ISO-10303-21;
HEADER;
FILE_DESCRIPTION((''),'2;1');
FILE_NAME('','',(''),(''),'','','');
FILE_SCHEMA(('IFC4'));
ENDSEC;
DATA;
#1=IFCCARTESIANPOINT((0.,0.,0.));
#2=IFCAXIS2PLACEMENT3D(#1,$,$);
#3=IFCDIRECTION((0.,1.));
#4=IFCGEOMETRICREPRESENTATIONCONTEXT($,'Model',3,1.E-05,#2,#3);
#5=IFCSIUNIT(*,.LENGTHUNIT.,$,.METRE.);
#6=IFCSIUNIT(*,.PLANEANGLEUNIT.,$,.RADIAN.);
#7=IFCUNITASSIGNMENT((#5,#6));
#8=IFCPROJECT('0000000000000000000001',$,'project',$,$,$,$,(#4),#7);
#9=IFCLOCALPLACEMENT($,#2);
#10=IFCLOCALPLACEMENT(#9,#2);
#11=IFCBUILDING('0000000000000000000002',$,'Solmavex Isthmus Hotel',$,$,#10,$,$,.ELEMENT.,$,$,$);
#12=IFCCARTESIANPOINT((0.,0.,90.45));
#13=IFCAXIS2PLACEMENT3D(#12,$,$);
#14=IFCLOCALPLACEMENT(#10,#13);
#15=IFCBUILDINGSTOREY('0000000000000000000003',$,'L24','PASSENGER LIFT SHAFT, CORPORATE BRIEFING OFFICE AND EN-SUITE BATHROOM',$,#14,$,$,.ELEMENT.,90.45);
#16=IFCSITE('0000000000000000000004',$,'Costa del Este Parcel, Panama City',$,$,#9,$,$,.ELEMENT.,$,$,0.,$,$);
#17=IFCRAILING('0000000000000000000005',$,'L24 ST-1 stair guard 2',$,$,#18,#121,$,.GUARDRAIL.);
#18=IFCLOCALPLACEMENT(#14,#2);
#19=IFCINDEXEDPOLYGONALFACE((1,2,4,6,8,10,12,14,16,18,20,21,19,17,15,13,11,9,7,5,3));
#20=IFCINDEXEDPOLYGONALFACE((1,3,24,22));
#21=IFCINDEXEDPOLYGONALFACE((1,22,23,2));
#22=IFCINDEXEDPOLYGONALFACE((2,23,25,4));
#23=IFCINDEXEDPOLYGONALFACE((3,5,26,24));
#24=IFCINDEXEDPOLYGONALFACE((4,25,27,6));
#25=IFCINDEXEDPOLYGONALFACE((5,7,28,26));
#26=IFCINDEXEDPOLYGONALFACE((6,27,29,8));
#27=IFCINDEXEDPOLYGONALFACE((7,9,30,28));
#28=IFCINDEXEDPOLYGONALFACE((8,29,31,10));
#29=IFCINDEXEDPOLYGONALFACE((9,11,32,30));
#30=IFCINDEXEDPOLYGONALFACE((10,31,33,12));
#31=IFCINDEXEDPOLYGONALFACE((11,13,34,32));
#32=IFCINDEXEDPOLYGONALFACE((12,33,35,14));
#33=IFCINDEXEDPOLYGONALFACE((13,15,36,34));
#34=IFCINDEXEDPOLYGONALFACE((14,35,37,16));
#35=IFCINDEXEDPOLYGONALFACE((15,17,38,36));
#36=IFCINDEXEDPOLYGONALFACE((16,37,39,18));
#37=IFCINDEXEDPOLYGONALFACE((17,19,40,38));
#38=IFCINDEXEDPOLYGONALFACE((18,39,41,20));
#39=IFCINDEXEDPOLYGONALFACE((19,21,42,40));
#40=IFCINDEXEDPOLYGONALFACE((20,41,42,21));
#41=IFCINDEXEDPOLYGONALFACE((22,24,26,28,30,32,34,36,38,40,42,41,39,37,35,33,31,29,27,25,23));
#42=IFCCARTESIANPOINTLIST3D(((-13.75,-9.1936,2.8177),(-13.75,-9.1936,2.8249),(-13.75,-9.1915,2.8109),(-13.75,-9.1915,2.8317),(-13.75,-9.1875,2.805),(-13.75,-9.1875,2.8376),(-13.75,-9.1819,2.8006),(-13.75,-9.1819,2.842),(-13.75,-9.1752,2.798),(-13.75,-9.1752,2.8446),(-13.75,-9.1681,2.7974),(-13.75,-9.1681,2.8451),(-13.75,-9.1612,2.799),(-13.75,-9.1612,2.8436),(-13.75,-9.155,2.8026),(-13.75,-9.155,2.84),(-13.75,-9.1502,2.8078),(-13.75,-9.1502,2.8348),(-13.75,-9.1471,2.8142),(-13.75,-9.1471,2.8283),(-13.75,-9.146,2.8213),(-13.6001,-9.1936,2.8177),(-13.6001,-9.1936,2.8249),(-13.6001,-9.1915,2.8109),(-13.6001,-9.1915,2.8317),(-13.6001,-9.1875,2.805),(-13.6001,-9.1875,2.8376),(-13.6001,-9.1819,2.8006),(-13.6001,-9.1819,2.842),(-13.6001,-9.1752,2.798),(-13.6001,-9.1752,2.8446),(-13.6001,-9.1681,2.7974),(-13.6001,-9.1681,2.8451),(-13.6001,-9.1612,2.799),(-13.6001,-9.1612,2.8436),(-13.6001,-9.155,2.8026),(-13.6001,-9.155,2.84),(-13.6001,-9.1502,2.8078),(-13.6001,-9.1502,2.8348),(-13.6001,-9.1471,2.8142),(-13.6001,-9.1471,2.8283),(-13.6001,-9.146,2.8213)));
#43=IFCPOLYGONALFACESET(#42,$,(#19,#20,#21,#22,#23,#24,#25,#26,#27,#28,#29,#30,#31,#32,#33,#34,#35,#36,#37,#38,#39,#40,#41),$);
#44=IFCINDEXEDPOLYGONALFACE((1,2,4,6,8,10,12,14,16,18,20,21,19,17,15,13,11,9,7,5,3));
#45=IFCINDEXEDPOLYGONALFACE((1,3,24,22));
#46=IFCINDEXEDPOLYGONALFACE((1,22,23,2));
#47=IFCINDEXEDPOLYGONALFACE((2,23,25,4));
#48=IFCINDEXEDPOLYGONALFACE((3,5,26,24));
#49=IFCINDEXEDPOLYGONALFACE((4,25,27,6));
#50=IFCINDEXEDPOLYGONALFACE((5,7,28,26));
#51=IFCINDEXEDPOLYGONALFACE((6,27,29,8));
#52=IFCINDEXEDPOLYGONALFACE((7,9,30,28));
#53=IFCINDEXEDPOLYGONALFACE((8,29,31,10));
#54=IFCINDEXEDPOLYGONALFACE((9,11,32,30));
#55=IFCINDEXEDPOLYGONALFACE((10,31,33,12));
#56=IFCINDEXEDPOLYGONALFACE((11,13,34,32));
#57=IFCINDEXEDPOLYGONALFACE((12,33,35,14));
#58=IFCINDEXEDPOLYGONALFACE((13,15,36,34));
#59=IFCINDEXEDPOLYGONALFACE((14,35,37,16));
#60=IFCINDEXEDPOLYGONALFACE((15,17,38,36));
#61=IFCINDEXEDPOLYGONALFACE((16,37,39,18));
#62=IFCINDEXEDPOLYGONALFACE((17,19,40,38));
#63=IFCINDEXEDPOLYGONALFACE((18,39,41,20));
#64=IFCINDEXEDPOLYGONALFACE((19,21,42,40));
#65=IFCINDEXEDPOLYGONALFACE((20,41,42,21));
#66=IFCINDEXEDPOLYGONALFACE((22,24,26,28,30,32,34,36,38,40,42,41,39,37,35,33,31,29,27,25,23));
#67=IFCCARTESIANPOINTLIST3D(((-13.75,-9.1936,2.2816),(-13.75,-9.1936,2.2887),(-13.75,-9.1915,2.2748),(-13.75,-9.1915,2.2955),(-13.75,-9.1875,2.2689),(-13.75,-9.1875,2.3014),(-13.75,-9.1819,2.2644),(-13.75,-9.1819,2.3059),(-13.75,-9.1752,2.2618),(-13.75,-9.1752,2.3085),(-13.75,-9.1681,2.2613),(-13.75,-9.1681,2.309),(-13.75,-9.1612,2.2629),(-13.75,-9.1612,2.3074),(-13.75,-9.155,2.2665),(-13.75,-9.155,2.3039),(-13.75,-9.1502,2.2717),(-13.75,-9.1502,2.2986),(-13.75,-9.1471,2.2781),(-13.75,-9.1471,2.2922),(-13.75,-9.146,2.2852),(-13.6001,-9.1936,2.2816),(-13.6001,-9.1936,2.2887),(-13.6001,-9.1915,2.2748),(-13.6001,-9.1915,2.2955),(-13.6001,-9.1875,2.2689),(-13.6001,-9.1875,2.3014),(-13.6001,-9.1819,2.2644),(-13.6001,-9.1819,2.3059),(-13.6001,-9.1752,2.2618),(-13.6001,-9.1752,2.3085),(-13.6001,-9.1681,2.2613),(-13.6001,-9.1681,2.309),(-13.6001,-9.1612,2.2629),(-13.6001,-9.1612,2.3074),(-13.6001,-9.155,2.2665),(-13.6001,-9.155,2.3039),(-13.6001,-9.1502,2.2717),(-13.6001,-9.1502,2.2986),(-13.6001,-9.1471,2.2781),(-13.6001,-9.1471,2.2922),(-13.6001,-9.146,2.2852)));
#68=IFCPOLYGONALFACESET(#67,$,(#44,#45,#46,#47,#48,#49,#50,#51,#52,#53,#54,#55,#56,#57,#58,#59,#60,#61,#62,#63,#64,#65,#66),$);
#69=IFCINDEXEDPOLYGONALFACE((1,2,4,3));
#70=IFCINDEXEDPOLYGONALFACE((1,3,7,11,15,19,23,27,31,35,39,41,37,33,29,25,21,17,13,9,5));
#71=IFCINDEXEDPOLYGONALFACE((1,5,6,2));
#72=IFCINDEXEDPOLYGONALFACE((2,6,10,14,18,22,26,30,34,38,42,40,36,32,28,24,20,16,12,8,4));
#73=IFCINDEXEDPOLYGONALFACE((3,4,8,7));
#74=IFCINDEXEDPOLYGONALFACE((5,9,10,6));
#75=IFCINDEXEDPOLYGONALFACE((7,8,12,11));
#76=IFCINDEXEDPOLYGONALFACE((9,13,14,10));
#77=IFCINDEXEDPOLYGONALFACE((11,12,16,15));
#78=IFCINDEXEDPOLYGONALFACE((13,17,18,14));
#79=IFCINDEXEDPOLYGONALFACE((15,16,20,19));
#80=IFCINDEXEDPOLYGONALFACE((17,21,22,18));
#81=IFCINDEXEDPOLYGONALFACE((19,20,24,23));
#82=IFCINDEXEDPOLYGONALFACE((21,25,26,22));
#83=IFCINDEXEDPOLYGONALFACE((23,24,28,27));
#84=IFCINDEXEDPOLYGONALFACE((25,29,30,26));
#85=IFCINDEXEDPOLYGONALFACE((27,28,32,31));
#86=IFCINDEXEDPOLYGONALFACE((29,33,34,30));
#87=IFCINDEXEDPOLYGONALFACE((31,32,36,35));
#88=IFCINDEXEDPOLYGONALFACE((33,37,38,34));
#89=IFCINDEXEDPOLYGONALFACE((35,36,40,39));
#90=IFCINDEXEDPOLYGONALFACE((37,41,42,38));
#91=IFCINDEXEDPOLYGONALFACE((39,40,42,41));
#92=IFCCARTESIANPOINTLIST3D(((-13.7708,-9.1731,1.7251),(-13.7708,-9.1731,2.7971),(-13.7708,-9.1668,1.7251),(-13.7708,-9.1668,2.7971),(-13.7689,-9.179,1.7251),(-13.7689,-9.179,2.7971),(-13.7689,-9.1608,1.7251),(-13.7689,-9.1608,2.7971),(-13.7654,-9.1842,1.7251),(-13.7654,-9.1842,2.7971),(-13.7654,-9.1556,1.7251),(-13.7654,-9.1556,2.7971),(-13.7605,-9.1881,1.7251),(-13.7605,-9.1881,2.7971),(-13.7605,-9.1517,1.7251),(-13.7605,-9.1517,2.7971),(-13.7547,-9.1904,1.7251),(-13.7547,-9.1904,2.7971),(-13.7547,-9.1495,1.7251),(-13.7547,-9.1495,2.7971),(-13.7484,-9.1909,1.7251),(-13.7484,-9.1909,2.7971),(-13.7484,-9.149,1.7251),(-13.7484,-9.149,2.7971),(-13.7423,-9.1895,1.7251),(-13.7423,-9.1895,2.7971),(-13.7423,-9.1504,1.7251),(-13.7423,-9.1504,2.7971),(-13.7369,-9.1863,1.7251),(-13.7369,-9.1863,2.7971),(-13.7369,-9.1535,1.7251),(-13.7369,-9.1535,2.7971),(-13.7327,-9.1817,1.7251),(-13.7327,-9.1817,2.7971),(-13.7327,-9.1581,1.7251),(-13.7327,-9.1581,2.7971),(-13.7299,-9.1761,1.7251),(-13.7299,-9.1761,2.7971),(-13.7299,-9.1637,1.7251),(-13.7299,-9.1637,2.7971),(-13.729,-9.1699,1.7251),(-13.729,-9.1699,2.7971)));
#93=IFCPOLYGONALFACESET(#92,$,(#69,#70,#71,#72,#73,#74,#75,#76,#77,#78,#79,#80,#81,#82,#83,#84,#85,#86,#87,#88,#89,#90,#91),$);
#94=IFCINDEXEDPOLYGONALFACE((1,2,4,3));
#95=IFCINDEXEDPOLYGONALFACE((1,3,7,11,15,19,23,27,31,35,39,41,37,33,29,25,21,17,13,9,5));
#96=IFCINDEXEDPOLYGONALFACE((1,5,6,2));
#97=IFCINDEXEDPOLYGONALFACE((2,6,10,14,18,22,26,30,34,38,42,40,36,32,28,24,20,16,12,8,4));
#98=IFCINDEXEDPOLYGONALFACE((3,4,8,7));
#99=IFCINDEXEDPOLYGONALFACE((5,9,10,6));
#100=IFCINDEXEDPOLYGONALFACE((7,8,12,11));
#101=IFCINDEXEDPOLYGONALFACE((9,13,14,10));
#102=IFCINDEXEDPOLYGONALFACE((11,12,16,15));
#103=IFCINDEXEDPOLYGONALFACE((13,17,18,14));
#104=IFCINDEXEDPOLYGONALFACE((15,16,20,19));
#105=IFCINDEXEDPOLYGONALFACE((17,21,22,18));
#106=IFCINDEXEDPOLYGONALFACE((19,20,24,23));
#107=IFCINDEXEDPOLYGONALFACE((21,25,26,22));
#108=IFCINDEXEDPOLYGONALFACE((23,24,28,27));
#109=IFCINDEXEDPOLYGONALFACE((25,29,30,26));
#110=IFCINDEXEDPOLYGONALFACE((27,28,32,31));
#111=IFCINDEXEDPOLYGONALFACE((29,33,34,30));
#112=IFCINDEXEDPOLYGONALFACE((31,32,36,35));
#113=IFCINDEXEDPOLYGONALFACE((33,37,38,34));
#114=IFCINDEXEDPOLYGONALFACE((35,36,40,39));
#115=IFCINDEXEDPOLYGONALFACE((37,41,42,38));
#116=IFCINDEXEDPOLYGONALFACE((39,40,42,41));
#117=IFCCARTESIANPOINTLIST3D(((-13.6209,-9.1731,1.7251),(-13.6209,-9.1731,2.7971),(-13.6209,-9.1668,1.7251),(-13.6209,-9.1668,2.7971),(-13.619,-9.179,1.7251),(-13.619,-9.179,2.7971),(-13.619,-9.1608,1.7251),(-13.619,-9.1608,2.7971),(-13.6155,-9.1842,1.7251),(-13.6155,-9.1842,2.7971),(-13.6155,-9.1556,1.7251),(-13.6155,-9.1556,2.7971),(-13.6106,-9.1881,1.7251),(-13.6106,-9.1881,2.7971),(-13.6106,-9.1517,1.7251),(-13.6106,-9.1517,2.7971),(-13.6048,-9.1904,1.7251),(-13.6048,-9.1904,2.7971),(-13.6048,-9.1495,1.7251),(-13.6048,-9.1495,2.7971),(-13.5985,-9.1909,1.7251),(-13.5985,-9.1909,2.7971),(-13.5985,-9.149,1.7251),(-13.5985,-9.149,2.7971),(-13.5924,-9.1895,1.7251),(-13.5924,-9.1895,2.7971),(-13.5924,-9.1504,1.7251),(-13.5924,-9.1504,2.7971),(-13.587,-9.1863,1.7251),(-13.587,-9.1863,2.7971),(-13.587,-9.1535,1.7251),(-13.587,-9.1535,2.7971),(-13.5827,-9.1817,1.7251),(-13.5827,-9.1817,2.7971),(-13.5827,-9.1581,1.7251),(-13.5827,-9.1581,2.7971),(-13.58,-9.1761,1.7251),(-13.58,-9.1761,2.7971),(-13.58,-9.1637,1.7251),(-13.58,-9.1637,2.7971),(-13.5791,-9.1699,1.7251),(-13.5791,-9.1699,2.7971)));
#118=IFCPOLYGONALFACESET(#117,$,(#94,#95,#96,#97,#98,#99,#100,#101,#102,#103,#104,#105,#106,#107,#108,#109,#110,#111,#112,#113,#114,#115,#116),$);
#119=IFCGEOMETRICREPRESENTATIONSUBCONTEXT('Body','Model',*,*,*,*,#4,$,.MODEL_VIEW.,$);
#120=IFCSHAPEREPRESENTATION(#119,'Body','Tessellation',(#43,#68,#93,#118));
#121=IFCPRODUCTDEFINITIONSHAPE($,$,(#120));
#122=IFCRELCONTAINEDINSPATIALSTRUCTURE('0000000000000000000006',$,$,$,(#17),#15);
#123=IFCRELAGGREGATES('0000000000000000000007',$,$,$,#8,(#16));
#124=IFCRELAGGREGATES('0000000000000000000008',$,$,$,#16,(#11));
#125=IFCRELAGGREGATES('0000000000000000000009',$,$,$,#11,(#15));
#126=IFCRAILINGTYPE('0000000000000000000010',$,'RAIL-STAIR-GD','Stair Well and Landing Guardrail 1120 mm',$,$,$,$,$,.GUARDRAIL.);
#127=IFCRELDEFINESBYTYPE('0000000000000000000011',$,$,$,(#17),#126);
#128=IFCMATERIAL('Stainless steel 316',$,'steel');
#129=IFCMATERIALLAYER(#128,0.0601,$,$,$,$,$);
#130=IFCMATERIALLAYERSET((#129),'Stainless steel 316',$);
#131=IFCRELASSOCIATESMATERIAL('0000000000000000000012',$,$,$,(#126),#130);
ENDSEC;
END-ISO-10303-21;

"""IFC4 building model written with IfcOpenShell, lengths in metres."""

from ifc_helpers import new_model, si_unit, direction, frame, origin, origin_2d, place, context, subcontext, project, spatial, circle, extrude, material, layer, layer_set, type_object, element, save


model = new_model("IFC4")

# Units and contexts
model_context = context("Model", 3, precision=1e-05, world=origin(), true_north=direction((0.0, 1.0)))
body_context = subcontext(model_context, "Body", "Model", "MODEL_VIEW")
ifc_project = project(units=[si_unit("LENGTHUNIT", "METRE"), si_unit("PLANEANGLEUNIT", "RADIAN")], contexts=[model_context])

# Site, building, storey
site_placement = place(None, origin())
site = spatial("IfcSite", under=ifc_project, at=site_placement, Name="Costa del Este Parcel, Panama City", CompositionType="ELEMENT", RefElevation=0.0)
building_placement = place(site_placement, origin())
building = spatial("IfcBuilding", under=site, at=building_placement, Name="Solmavex Isthmus Hotel", CompositionType="ELEMENT")
storey_placement = place(building_placement, frame((0.0, 0.0, 90.45)))
storey = spatial("IfcBuildingStorey", under=building, at=storey_placement, Name="L24", Description="PASSENGER LIFT SHAFT, CORPORATE BRIEFING OFFICE AND EN-SUITE BATHROOM", CompositionType="ELEMENT", Elevation=90.45)

# Shared definitions
ifc_material_1 = material(Name="Stainless steel 316", Category="steel")

# Railing
ifc_layer_1 = layer(ifc_material_1, 0.0601)
ifc_layer_set_1 = layer_set([ifc_layer_1], Name="Stainless steel 316")
railing_type_1 = type_object("IfcRailingType", Name="RAIL-STAIR-GD", Description="Stair Well and Landing Guardrail 1120 mm", PredefinedType="GUARDRAIL", material=ifc_layer_set_1)
railing_1_placement = place(storey_placement, frame((-13.75, -9.1699, 1.7251)))
element("IfcRailing", 1, at=railing_1_placement, inside=storey, type_object=railing_type_1, Name="L24 ST-1 stair guard 2", PredefinedType="GUARDRAIL", context=body_context, shape_type="SweptSolid", body=[
    extrude(circle(Radius=0.0239, at=origin_2d()), frame((0.0, 0.0, 1.0962), z_axis=(1.0, 0.0, 0.0), x_axis=(0.0, 1.0, 0.0)), (0.0, 0.0, 1.0), 0.1499),
    extrude(circle(Radius=0.0239, at=origin_2d()), frame((0.0, 0.0, 0.5601), z_axis=(1.0, 0.0, 0.0), x_axis=(0.0, 1.0, 0.0)), (0.0, 0.0, 1.0), 0.1499),
    extrude(circle(Radius=0.021, at=origin_2d()), origin(), (0.0, 0.0, 1.0), 1.072),
    extrude(circle(Radius=0.021, at=origin_2d()), frame((0.1499, 0.0, 0.0)), (0.0, 0.0, 1.0), 1.072),
])

save(model, "model.ifc")
